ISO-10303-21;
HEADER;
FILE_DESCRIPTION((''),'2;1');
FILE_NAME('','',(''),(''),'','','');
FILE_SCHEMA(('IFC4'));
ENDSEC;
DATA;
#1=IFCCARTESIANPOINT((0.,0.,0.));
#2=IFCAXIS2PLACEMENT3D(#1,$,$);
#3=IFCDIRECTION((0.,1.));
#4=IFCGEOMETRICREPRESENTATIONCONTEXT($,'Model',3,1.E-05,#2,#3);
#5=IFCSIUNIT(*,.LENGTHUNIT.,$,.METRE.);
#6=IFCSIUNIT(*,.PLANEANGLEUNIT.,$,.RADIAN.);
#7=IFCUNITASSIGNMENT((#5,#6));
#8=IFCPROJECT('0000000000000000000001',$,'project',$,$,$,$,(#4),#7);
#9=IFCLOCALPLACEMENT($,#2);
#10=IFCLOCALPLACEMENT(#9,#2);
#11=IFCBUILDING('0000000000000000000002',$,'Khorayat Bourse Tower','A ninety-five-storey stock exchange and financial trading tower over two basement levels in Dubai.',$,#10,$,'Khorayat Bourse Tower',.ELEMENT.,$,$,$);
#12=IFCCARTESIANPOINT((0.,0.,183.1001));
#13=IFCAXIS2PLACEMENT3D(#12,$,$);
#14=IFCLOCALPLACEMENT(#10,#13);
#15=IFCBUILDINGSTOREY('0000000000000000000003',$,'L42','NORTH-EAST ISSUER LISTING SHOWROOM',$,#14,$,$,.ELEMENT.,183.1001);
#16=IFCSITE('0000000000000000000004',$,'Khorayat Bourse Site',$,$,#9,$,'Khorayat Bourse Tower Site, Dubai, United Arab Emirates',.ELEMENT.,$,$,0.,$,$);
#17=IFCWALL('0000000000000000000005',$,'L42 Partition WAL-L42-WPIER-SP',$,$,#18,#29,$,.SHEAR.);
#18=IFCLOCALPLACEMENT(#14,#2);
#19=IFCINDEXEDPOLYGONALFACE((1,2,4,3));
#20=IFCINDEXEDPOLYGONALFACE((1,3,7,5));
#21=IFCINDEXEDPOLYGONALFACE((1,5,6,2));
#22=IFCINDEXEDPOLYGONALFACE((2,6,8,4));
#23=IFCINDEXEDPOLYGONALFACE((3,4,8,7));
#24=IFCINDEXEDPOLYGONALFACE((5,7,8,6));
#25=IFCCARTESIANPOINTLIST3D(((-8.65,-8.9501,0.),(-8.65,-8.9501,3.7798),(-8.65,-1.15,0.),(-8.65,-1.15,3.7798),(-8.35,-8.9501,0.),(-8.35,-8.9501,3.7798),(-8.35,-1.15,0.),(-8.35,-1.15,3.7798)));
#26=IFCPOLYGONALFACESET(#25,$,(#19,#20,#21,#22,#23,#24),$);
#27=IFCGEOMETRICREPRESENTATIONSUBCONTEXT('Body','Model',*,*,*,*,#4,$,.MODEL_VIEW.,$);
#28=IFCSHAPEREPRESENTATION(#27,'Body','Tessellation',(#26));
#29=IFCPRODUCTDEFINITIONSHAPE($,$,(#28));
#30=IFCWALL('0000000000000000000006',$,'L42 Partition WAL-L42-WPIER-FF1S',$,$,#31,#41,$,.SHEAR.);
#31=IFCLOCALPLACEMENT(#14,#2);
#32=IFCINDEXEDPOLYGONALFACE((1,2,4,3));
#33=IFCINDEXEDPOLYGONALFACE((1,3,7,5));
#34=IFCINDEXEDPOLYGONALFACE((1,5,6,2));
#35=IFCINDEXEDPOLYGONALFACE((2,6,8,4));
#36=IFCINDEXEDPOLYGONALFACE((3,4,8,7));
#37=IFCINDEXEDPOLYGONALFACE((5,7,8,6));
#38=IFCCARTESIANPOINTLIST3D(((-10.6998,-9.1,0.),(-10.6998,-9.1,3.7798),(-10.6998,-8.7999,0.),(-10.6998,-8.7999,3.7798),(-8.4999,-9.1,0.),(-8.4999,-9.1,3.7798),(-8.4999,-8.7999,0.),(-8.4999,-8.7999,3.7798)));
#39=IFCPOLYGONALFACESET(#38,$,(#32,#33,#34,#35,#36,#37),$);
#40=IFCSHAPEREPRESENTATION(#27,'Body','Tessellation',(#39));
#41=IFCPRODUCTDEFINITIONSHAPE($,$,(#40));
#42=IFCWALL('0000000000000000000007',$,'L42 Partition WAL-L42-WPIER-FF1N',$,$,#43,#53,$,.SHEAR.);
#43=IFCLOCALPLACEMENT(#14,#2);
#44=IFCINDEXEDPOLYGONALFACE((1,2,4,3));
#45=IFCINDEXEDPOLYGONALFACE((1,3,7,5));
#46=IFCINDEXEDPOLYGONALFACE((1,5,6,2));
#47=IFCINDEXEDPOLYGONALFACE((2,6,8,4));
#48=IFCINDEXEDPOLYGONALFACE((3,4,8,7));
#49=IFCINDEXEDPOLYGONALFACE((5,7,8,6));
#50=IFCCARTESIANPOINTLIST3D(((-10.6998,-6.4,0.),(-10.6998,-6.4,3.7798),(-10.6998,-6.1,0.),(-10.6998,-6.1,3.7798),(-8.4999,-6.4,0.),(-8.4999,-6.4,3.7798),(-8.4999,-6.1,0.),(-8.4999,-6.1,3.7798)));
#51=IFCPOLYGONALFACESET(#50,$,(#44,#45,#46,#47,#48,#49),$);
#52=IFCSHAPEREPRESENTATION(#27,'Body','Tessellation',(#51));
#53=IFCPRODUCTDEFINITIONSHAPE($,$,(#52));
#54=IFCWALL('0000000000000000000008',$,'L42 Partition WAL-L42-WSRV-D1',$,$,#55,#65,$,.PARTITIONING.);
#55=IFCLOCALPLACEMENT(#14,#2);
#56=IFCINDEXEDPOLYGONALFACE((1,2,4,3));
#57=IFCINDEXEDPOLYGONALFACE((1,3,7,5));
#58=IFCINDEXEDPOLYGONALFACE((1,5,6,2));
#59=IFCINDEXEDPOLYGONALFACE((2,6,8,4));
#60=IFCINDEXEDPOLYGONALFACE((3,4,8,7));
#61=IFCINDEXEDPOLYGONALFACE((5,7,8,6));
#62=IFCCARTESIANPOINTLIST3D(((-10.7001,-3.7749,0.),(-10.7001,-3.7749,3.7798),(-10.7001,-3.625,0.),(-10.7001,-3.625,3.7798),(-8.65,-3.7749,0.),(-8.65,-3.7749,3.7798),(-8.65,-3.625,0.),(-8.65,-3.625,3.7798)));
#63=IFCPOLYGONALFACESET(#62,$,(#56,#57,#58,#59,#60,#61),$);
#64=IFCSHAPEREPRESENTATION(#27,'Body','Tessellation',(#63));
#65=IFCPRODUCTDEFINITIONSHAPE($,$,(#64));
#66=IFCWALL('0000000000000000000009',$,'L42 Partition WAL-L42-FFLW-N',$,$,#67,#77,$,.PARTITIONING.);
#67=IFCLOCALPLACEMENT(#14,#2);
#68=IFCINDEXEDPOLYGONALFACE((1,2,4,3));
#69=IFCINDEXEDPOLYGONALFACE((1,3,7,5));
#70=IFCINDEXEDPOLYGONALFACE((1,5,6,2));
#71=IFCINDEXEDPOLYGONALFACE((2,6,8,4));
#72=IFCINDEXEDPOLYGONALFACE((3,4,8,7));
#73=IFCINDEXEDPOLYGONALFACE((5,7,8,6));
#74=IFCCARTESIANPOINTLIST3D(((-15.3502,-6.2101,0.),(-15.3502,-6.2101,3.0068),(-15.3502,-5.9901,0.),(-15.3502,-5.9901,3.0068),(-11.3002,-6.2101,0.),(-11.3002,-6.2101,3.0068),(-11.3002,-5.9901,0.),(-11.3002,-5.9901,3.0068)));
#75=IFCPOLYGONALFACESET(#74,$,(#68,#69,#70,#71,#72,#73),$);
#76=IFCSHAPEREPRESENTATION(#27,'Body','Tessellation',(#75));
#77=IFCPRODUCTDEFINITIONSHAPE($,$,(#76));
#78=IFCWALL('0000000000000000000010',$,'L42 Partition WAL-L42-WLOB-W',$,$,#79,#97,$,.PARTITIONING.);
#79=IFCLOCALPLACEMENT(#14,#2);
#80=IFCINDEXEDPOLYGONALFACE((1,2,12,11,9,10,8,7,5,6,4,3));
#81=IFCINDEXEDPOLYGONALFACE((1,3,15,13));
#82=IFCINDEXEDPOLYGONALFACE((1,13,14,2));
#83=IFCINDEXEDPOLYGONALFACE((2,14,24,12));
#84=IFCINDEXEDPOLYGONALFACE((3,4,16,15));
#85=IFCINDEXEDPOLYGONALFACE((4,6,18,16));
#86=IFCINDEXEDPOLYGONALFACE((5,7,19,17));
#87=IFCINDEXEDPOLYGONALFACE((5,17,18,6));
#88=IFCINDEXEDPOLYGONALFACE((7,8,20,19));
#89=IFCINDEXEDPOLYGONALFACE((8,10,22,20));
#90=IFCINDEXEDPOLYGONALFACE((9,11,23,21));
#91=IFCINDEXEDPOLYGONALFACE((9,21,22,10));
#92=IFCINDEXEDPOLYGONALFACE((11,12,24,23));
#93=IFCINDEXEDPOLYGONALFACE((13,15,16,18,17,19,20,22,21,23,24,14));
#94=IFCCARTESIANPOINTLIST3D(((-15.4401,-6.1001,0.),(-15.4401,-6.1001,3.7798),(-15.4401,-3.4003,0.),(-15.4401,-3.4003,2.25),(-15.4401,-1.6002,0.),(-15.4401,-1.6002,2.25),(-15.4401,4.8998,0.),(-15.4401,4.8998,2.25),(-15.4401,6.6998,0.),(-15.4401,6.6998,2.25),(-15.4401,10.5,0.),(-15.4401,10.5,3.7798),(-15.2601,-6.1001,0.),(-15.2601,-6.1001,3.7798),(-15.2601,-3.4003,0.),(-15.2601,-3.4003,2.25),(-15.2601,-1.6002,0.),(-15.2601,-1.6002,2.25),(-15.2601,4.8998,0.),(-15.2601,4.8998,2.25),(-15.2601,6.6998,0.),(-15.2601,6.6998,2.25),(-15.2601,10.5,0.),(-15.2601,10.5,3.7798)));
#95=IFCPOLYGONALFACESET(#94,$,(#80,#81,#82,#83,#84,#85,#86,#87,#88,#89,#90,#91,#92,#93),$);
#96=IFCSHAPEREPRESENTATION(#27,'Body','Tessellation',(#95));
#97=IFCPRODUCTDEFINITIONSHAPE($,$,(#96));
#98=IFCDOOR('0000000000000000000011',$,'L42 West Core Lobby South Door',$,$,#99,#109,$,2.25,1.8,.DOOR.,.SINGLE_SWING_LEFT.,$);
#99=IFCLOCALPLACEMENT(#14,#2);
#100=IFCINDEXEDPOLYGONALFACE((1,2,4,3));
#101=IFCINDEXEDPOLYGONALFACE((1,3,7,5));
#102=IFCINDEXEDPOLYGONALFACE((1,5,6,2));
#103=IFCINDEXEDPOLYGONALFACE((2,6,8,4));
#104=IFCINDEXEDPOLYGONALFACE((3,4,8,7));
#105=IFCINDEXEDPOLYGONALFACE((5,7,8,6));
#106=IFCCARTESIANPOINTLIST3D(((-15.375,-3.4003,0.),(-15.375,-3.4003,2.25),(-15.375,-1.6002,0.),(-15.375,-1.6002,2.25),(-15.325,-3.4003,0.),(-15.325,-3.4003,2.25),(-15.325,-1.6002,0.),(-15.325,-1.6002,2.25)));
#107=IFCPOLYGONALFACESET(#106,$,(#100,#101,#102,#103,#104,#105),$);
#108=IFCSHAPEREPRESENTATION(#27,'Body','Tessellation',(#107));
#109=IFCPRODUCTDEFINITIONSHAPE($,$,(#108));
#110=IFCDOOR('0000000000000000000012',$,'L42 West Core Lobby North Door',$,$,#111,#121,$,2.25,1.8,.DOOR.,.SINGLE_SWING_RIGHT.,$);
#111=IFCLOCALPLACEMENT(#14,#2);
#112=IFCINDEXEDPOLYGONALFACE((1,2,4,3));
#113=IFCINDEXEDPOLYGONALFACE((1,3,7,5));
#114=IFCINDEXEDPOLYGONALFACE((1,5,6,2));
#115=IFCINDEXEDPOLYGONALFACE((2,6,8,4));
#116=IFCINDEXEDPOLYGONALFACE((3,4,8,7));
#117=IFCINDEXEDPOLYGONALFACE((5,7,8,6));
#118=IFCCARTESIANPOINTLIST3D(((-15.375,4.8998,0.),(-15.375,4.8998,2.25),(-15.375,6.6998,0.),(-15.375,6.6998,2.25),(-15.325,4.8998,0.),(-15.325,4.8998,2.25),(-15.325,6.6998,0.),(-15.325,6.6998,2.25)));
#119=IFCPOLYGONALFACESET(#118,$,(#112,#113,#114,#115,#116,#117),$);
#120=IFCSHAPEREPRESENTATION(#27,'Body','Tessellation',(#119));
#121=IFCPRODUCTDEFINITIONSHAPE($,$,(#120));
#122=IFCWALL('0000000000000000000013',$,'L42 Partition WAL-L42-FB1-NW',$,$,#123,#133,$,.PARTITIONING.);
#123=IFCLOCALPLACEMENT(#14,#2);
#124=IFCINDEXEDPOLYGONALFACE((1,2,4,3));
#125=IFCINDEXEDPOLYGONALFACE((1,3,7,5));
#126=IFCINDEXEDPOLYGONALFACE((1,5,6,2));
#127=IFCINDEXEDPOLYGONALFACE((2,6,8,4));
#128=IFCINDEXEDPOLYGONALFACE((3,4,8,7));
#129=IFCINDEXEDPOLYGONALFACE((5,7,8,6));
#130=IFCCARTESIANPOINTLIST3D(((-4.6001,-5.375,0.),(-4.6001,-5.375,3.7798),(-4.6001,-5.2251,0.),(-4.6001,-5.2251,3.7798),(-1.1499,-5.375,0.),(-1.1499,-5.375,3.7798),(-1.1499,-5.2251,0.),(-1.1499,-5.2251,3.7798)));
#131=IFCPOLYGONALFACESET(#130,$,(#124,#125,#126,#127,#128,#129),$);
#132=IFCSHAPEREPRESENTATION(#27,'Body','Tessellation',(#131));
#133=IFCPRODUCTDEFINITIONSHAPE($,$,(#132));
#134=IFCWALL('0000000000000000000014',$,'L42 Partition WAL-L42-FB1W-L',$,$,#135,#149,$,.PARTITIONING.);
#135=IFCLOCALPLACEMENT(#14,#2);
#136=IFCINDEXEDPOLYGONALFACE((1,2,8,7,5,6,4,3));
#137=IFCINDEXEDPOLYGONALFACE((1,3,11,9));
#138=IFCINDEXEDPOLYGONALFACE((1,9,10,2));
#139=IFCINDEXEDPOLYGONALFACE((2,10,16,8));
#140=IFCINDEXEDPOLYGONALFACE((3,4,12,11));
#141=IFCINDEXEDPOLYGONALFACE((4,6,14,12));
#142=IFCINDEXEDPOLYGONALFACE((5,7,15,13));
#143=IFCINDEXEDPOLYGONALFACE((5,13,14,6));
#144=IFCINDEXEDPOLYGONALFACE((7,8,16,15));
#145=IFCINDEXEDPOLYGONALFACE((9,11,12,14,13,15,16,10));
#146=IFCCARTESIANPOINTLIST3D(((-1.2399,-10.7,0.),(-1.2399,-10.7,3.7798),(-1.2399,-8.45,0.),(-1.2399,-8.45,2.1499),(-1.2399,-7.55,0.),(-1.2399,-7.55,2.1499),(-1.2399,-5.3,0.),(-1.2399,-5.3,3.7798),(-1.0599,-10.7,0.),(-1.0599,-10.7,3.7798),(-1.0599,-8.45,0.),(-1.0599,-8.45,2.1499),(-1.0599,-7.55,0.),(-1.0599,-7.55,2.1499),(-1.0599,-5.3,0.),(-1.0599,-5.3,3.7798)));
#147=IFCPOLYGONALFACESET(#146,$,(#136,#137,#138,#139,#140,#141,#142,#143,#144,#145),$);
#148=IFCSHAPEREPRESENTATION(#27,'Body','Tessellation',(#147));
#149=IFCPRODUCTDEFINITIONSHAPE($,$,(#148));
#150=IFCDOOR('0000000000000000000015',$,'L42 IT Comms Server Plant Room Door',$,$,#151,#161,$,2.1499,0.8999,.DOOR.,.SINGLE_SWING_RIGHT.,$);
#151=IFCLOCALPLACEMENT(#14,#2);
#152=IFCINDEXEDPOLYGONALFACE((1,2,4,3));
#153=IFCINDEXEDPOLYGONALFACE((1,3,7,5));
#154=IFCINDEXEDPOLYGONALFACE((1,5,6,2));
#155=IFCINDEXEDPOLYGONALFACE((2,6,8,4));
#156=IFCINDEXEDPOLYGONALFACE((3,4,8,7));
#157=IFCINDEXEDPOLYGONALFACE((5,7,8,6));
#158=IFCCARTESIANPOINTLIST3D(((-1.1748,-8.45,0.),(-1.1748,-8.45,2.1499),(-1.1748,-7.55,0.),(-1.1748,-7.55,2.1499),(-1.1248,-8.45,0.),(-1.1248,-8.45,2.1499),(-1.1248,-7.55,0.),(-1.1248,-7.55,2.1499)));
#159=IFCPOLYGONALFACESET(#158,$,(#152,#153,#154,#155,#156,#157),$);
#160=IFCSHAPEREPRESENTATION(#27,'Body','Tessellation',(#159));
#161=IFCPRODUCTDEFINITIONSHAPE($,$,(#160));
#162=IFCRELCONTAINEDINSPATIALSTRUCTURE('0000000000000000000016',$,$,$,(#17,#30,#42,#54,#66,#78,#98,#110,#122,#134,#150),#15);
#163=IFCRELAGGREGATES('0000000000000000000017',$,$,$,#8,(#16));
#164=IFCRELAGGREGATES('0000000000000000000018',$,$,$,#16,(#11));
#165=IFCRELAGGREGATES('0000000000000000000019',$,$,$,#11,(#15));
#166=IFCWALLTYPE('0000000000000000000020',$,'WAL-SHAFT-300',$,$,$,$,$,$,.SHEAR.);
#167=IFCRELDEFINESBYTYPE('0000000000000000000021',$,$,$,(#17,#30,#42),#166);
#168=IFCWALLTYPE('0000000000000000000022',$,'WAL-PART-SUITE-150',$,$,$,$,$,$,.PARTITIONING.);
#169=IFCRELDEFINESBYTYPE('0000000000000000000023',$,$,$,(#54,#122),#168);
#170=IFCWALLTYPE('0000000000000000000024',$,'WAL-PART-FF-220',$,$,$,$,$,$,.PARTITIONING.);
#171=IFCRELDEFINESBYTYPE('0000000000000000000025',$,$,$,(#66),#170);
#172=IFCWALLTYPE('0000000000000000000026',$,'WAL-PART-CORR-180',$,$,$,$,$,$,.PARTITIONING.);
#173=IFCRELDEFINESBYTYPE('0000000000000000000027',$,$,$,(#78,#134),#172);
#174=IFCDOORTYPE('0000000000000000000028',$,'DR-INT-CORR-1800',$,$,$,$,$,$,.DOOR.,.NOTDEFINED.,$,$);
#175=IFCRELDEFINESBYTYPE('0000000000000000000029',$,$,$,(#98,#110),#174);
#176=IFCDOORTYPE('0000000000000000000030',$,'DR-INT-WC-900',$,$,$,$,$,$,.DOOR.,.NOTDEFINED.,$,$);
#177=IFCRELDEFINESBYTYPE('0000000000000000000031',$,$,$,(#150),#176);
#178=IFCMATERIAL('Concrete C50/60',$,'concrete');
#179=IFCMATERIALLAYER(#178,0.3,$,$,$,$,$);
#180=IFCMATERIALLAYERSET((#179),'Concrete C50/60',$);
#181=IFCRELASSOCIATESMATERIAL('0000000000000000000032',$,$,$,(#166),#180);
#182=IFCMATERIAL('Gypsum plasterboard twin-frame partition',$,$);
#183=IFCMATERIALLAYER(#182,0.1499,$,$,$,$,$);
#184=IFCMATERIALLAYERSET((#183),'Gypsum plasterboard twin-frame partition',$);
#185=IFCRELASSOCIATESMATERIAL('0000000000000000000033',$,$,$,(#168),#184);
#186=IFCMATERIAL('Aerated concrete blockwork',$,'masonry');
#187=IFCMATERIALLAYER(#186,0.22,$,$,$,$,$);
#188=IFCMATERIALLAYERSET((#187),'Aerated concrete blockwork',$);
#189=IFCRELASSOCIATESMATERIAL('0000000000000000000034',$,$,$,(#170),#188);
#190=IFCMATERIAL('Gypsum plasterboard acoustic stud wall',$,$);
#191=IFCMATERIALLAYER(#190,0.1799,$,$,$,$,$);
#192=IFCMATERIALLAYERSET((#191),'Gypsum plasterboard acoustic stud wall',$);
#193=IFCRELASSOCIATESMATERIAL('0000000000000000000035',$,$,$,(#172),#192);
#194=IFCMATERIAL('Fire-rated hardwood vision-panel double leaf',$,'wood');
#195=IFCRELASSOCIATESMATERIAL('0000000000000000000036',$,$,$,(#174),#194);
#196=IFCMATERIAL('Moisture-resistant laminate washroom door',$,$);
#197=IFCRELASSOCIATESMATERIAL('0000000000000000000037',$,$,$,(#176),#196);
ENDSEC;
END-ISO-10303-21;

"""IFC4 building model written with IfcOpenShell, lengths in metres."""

from ifc_helpers import new_model, si_unit, direction, frame, frame_2d, origin, place, context, subcontext, project, spatial, rectangle, extrude, source, transform, mapped, material, layer, layer_set, type_object, element, fill, save


model = new_model("IFC4")

# Units and contexts
model_context = context("Model", 3, precision=1e-05, world=origin(), true_north=direction((0.0, 1.0)))
body_context = subcontext(model_context, "Body", "Model", "MODEL_VIEW")
ifc_project = project(units=[si_unit("LENGTHUNIT", "METRE"), si_unit("PLANEANGLEUNIT", "RADIAN")], contexts=[model_context])

# Site, building, storey
site_placement = place(None, origin())
site = spatial("IfcSite", under=ifc_project, at=site_placement, Name="Khorayat Bourse Site", LongName="Khorayat Bourse Tower Site, Dubai, United Arab Emirates", CompositionType="ELEMENT", RefElevation=0.0)
building_placement = place(site_placement, origin())
building = spatial("IfcBuilding", under=site, at=building_placement, Name="Khorayat Bourse Tower", Description="A ninety-five-storey stock exchange and financial trading tower over two basement levels in Dubai.", LongName="Khorayat Bourse Tower", CompositionType="ELEMENT")
storey_placement = place(building_placement, frame((0.0, 0.0, 183.1001)))
storey = spatial("IfcBuildingStorey", under=building, at=storey_placement, Name="L42", Description="NORTH-EAST ISSUER LISTING SHOWROOM", CompositionType="ELEMENT", Elevation=183.1001)

# Walls
ifc_material_1 = material(Name="Concrete C50/60", Category="concrete")
ifc_layer_1 = layer(ifc_material_1, 0.3)
ifc_layer_set_1 = layer_set([ifc_layer_1], Name="Concrete C50/60")
wall_type_1 = type_object("IfcWallType", Name="WAL-SHAFT-300", PredefinedType="SHEAR", material=ifc_layer_set_1)
shared_shape_1 = source(origin(), body_context, "Body", "SweptSolid", [
    extrude(rectangle(XDim=7.8, YDim=0.3, at=frame_2d((3.8999, 0.0))), origin(), (0.0, 0.0, 1.0), 3.7798),
])
wall_1_placement = place(storey_placement, frame((-8.5, -8.95, 0.0), z_axis=(0.0, 0.0, 1.0), x_axis=(0.0, 1.0, 0.0)))
element("IfcWall", 1, at=wall_1_placement, inside=storey, type_object=wall_type_1, Name="L42 Partition WAL-L42-WPIER-SP", PredefinedType="SHEAR", context=body_context, shape_type="MappedRepresentation", body=[
    mapped(shared_shape_1, transform((0.0, 0.0, 0.0), scale=1.0)),
])
shared_shape_2 = source(origin(), body_context, "Body", "SweptSolid", [
    extrude(rectangle(XDim=2.2, YDim=0.3, at=frame_2d((1.1001, 0.0))), origin(), (0.0, 0.0, 1.0), 3.7798),
])
for number, where, z_axis, x_axis, name in (
    (2, (-10.7, -8.95, 0.0), (0.0, 0.0, 1.0), (1.0, 0.0, 0.0), "L42 Partition WAL-L42-WPIER-FF1S"),
    (3, (-10.7, -6.25, 0.0), (0.0, 0.0, 1.0), (1.0, 0.0, 0.0), "L42 Partition WAL-L42-WPIER-FF1N"),
):
    element("IfcWall", number, at=place(storey_placement, frame(where, z_axis=z_axis, x_axis=x_axis)), inside=storey, type_object=wall_type_1, Name=name, PredefinedType="SHEAR", context=body_context, shape_type="MappedRepresentation", body=[
        mapped(shared_shape_2, transform((0.0, 0.0, 0.0), scale=1.0)),
    ])
ifc_material_2 = material(Name="Gypsum plasterboard twin-frame partition")
ifc_layer_2 = layer(ifc_material_2, 0.1499)
ifc_layer_set_2 = layer_set([ifc_layer_2], Name="Gypsum plasterboard twin-frame partition")
wall_type_2 = type_object("IfcWallType", Name="WAL-PART-SUITE-150", PredefinedType="PARTITIONING", material=ifc_layer_set_2)
shared_shape_3 = source(origin(), body_context, "Body", "SweptSolid", [
    extrude(rectangle(XDim=2.05, YDim=0.1499, at=frame_2d((1.0249, 0.0))), origin(), (0.0, 0.0, 1.0), 3.7798),
])
wall_2_placement = place(storey_placement, frame((-10.7, -3.7, 0.0), z_axis=(0.0, 0.0, 1.0), x_axis=(1.0, 0.0, 0.0)))
element("IfcWall", 4, at=wall_2_placement, inside=storey, type_object=wall_type_2, Name="L42 Partition WAL-L42-WSRV-D1", PredefinedType="PARTITIONING", context=body_context, shape_type="MappedRepresentation", body=[
    mapped(shared_shape_3, transform((0.0, 0.0, 0.0), scale=1.0)),
])
ifc_material_3 = material(Name="Aerated concrete blockwork", Category="masonry")
ifc_layer_3 = layer(ifc_material_3, 0.22)
ifc_layer_set_3 = layer_set([ifc_layer_3], Name="Aerated concrete blockwork")
wall_type_3 = type_object("IfcWallType", Name="WAL-PART-FF-220", PredefinedType="PARTITIONING", material=ifc_layer_set_3)
shared_shape_4 = source(origin(), body_context, "Body", "SweptSolid", [
    extrude(rectangle(XDim=4.05, YDim=0.22, at=frame_2d((2.0249, 0.0))), origin(), (0.0, 0.0, 1.0), 3.0068),
])
wall_3_placement = place(storey_placement, frame((-15.3501, -6.1001, 0.0), z_axis=(0.0, 0.0, 1.0), x_axis=(1.0, 0.0, 0.0)))
element("IfcWall", 5, at=wall_3_placement, inside=storey, type_object=wall_type_3, Name="L42 Partition WAL-L42-FFLW-N", PredefinedType="PARTITIONING", context=body_context, shape_type="MappedRepresentation", body=[
    mapped(shared_shape_4, transform((0.0, 0.0, 0.0), scale=1.0)),
])

# Wall, openings, doors
ifc_material_4 = material(Name="Gypsum plasterboard acoustic stud wall")
ifc_layer_4 = layer(ifc_material_4, 0.1799)
ifc_layer_set_4 = layer_set([ifc_layer_4], Name="Gypsum plasterboard acoustic stud wall")
wall_type_4 = type_object("IfcWallType", Name="WAL-PART-CORR-180", PredefinedType="PARTITIONING", material=ifc_layer_set_4)
shared_shape_5 = source(origin(), body_context, "Body", "SweptSolid", [
    extrude(rectangle(XDim=16.6001, YDim=0.1799, at=frame_2d((8.3, 0.0))), origin(), (0.0, 0.0, 1.0), 3.7798),
])
wall_4_placement = place(storey_placement, frame((-15.3501, -6.1001, 0.0), z_axis=(0.0, 0.0, 1.0), x_axis=(0.0, 1.0, 0.0)))
wall_4 = element("IfcWall", 6, at=wall_4_placement, inside=storey, type_object=wall_type_4, Name="L42 Partition WAL-L42-WLOB-W", PredefinedType="PARTITIONING", context=body_context, shape_type="MappedRepresentation", body=[
    mapped(shared_shape_5, transform((0.0, 0.0, 0.0), scale=1.0)),
])
shared_shape_6 = source(origin(), body_context, "Body", "SweptSolid", [
    extrude(rectangle(XDim=1.8, YDim=2.25, at=frame_2d((0.8999, 1.125))), frame((0.0, 0.0999, 0.0), z_axis=(0.0, -1.0, 0.0), x_axis=(1.0, 0.0, 0.0)), (0.0, 0.0, 1.0), 0.2),
])
opening_1_placement = place(wall_4_placement, frame((2.7, 0.0, 0.0)))
opening_1 = element("IfcOpeningElement", 7, at=opening_1_placement, cuts=wall_4, PredefinedType="OPENING", context=body_context, shape_type="MappedRepresentation", body=[
    mapped(shared_shape_6, transform((0.0, 0.0, 0.0), scale=1.0)),
])
opening_2_placement = place(wall_4_placement, frame((11.0, 0.0, 0.0)))
opening_2 = element("IfcOpeningElement", 8, at=opening_2_placement, cuts=wall_4, PredefinedType="OPENING", context=body_context, shape_type="MappedRepresentation", body=[
    mapped(shared_shape_6, transform((0.0, 0.0, 0.0), scale=1.0)),
])
ifc_material_5 = material(Name="Fire-rated hardwood vision-panel double leaf", Category="wood")
door_type_1 = type_object("IfcDoorType", Name="DR-INT-CORR-1800", OperationType="NOTDEFINED", PredefinedType="DOOR", material=ifc_material_5)
shared_shape_7 = source(origin(), body_context, "Body", "SweptSolid", [
    extrude(rectangle(XDim=1.8, YDim=2.25, at=frame_2d((0.8999, 1.125))), frame((0.0, 0.0249, 0.0), z_axis=(0.0, -1.0, 0.0), x_axis=(1.0, 0.0, 0.0)), (0.0, 0.0, 1.0), 0.05),
])
door_1_placement = place(opening_1_placement, origin())
door_1 = element("IfcDoor", 9, at=door_1_placement, inside=storey, type_object=door_type_1, Name="L42 West Core Lobby South Door", OperationType="SINGLE_SWING_LEFT", OverallHeight=2.25, OverallWidth=1.8, PredefinedType="DOOR", context=body_context, shape_type="MappedRepresentation", body=[
    mapped(shared_shape_7, transform((0.0, 0.0, 0.0), scale=1.0)),
])
fill(opening_1, door_1)
door_2_placement = place(opening_2_placement, origin())
door_2 = element("IfcDoor", 10, at=door_2_placement, inside=storey, type_object=door_type_1, Name="L42 West Core Lobby North Door", OperationType="SINGLE_SWING_RIGHT", OverallHeight=2.25, OverallWidth=1.8, PredefinedType="DOOR", context=body_context, shape_type="MappedRepresentation", body=[
    mapped(shared_shape_7, transform((0.0, 0.0, 0.0), scale=1.0)),
])
fill(opening_2, door_2)

# Wall
shared_shape_8 = source(origin(), body_context, "Body", "SweptSolid", [
    extrude(rectangle(XDim=3.4502, YDim=0.1499, at=frame_2d((1.7251, 0.0))), origin(), (0.0, 0.0, 1.0), 3.7798),
])
wall_5_placement = place(storey_placement, frame((-4.6001, -5.3, 0.0), z_axis=(0.0, 0.0, 1.0), x_axis=(1.0, 0.0, 0.0)))
element("IfcWall", 11, at=wall_5_placement, inside=storey, type_object=wall_type_2, Name="L42 Partition WAL-L42-FB1-NW", PredefinedType="PARTITIONING", context=body_context, shape_type="MappedRepresentation", body=[
    mapped(shared_shape_8, transform((0.0, 0.0, 0.0), scale=1.0)),
])

# Wall, opening, door
shared_shape_9 = source(origin(), body_context, "Body", "SweptSolid", [
    extrude(rectangle(XDim=5.3999, YDim=0.1799, at=frame_2d((2.7, 0.0))), origin(), (0.0, 0.0, 1.0), 3.7798),
])
wall_6_placement = place(storey_placement, frame((-1.1499, -10.7, 0.0), z_axis=(0.0, 0.0, 1.0), x_axis=(0.0, 1.0, 0.0)))
wall_6 = element("IfcWall", 12, at=wall_6_placement, inside=storey, type_object=wall_type_4, Name="L42 Partition WAL-L42-FB1W-L", PredefinedType="PARTITIONING", context=body_context, shape_type="MappedRepresentation", body=[
    mapped(shared_shape_9, transform((0.0, 0.0, 0.0), scale=1.0)),
])
shared_shape_10 = source(origin(), body_context, "Body", "SweptSolid", [
    extrude(rectangle(XDim=0.8999, YDim=2.1499, at=frame_2d((0.45, 1.075))), frame((0.0, 0.0999, 0.0), z_axis=(0.0, -1.0, 0.0), x_axis=(1.0, 0.0, 0.0)), (0.0, 0.0, 1.0), 0.2),
])
opening_3_placement = place(wall_6_placement, frame((2.25, 0.0, 0.0)))
opening_3 = element("IfcOpeningElement", 13, at=opening_3_placement, cuts=wall_6, PredefinedType="OPENING", context=body_context, shape_type="MappedRepresentation", body=[
    mapped(shared_shape_10, transform((0.0, 0.0, 0.0), scale=1.0)),
])
ifc_material_6 = material(Name="Moisture-resistant laminate washroom door")
door_type_2 = type_object("IfcDoorType", Name="DR-INT-WC-900", OperationType="NOTDEFINED", PredefinedType="DOOR", material=ifc_material_6)
shared_shape_11 = source(origin(), body_context, "Body", "SweptSolid", [
    extrude(rectangle(XDim=0.8999, YDim=2.1499, at=frame_2d((0.45, 1.075))), frame((0.0, 0.0249, 0.0), z_axis=(0.0, -1.0, 0.0), x_axis=(1.0, 0.0, 0.0)), (0.0, 0.0, 1.0), 0.05),
])
door_3_placement = place(opening_3_placement, origin())
door_3 = element("IfcDoor", 14, at=door_3_placement, inside=storey, type_object=door_type_2, Name="L42 IT Comms Server Plant Room Door", OperationType="SINGLE_SWING_RIGHT", OverallHeight=2.1499, OverallWidth=0.8999, PredefinedType="DOOR", context=body_context, shape_type="MappedRepresentation", body=[
    mapped(shared_shape_11, transform((0.0, 0.0, 0.0), scale=1.0)),
])
fill(opening_3, door_3)

save(model, "model.ifc")
